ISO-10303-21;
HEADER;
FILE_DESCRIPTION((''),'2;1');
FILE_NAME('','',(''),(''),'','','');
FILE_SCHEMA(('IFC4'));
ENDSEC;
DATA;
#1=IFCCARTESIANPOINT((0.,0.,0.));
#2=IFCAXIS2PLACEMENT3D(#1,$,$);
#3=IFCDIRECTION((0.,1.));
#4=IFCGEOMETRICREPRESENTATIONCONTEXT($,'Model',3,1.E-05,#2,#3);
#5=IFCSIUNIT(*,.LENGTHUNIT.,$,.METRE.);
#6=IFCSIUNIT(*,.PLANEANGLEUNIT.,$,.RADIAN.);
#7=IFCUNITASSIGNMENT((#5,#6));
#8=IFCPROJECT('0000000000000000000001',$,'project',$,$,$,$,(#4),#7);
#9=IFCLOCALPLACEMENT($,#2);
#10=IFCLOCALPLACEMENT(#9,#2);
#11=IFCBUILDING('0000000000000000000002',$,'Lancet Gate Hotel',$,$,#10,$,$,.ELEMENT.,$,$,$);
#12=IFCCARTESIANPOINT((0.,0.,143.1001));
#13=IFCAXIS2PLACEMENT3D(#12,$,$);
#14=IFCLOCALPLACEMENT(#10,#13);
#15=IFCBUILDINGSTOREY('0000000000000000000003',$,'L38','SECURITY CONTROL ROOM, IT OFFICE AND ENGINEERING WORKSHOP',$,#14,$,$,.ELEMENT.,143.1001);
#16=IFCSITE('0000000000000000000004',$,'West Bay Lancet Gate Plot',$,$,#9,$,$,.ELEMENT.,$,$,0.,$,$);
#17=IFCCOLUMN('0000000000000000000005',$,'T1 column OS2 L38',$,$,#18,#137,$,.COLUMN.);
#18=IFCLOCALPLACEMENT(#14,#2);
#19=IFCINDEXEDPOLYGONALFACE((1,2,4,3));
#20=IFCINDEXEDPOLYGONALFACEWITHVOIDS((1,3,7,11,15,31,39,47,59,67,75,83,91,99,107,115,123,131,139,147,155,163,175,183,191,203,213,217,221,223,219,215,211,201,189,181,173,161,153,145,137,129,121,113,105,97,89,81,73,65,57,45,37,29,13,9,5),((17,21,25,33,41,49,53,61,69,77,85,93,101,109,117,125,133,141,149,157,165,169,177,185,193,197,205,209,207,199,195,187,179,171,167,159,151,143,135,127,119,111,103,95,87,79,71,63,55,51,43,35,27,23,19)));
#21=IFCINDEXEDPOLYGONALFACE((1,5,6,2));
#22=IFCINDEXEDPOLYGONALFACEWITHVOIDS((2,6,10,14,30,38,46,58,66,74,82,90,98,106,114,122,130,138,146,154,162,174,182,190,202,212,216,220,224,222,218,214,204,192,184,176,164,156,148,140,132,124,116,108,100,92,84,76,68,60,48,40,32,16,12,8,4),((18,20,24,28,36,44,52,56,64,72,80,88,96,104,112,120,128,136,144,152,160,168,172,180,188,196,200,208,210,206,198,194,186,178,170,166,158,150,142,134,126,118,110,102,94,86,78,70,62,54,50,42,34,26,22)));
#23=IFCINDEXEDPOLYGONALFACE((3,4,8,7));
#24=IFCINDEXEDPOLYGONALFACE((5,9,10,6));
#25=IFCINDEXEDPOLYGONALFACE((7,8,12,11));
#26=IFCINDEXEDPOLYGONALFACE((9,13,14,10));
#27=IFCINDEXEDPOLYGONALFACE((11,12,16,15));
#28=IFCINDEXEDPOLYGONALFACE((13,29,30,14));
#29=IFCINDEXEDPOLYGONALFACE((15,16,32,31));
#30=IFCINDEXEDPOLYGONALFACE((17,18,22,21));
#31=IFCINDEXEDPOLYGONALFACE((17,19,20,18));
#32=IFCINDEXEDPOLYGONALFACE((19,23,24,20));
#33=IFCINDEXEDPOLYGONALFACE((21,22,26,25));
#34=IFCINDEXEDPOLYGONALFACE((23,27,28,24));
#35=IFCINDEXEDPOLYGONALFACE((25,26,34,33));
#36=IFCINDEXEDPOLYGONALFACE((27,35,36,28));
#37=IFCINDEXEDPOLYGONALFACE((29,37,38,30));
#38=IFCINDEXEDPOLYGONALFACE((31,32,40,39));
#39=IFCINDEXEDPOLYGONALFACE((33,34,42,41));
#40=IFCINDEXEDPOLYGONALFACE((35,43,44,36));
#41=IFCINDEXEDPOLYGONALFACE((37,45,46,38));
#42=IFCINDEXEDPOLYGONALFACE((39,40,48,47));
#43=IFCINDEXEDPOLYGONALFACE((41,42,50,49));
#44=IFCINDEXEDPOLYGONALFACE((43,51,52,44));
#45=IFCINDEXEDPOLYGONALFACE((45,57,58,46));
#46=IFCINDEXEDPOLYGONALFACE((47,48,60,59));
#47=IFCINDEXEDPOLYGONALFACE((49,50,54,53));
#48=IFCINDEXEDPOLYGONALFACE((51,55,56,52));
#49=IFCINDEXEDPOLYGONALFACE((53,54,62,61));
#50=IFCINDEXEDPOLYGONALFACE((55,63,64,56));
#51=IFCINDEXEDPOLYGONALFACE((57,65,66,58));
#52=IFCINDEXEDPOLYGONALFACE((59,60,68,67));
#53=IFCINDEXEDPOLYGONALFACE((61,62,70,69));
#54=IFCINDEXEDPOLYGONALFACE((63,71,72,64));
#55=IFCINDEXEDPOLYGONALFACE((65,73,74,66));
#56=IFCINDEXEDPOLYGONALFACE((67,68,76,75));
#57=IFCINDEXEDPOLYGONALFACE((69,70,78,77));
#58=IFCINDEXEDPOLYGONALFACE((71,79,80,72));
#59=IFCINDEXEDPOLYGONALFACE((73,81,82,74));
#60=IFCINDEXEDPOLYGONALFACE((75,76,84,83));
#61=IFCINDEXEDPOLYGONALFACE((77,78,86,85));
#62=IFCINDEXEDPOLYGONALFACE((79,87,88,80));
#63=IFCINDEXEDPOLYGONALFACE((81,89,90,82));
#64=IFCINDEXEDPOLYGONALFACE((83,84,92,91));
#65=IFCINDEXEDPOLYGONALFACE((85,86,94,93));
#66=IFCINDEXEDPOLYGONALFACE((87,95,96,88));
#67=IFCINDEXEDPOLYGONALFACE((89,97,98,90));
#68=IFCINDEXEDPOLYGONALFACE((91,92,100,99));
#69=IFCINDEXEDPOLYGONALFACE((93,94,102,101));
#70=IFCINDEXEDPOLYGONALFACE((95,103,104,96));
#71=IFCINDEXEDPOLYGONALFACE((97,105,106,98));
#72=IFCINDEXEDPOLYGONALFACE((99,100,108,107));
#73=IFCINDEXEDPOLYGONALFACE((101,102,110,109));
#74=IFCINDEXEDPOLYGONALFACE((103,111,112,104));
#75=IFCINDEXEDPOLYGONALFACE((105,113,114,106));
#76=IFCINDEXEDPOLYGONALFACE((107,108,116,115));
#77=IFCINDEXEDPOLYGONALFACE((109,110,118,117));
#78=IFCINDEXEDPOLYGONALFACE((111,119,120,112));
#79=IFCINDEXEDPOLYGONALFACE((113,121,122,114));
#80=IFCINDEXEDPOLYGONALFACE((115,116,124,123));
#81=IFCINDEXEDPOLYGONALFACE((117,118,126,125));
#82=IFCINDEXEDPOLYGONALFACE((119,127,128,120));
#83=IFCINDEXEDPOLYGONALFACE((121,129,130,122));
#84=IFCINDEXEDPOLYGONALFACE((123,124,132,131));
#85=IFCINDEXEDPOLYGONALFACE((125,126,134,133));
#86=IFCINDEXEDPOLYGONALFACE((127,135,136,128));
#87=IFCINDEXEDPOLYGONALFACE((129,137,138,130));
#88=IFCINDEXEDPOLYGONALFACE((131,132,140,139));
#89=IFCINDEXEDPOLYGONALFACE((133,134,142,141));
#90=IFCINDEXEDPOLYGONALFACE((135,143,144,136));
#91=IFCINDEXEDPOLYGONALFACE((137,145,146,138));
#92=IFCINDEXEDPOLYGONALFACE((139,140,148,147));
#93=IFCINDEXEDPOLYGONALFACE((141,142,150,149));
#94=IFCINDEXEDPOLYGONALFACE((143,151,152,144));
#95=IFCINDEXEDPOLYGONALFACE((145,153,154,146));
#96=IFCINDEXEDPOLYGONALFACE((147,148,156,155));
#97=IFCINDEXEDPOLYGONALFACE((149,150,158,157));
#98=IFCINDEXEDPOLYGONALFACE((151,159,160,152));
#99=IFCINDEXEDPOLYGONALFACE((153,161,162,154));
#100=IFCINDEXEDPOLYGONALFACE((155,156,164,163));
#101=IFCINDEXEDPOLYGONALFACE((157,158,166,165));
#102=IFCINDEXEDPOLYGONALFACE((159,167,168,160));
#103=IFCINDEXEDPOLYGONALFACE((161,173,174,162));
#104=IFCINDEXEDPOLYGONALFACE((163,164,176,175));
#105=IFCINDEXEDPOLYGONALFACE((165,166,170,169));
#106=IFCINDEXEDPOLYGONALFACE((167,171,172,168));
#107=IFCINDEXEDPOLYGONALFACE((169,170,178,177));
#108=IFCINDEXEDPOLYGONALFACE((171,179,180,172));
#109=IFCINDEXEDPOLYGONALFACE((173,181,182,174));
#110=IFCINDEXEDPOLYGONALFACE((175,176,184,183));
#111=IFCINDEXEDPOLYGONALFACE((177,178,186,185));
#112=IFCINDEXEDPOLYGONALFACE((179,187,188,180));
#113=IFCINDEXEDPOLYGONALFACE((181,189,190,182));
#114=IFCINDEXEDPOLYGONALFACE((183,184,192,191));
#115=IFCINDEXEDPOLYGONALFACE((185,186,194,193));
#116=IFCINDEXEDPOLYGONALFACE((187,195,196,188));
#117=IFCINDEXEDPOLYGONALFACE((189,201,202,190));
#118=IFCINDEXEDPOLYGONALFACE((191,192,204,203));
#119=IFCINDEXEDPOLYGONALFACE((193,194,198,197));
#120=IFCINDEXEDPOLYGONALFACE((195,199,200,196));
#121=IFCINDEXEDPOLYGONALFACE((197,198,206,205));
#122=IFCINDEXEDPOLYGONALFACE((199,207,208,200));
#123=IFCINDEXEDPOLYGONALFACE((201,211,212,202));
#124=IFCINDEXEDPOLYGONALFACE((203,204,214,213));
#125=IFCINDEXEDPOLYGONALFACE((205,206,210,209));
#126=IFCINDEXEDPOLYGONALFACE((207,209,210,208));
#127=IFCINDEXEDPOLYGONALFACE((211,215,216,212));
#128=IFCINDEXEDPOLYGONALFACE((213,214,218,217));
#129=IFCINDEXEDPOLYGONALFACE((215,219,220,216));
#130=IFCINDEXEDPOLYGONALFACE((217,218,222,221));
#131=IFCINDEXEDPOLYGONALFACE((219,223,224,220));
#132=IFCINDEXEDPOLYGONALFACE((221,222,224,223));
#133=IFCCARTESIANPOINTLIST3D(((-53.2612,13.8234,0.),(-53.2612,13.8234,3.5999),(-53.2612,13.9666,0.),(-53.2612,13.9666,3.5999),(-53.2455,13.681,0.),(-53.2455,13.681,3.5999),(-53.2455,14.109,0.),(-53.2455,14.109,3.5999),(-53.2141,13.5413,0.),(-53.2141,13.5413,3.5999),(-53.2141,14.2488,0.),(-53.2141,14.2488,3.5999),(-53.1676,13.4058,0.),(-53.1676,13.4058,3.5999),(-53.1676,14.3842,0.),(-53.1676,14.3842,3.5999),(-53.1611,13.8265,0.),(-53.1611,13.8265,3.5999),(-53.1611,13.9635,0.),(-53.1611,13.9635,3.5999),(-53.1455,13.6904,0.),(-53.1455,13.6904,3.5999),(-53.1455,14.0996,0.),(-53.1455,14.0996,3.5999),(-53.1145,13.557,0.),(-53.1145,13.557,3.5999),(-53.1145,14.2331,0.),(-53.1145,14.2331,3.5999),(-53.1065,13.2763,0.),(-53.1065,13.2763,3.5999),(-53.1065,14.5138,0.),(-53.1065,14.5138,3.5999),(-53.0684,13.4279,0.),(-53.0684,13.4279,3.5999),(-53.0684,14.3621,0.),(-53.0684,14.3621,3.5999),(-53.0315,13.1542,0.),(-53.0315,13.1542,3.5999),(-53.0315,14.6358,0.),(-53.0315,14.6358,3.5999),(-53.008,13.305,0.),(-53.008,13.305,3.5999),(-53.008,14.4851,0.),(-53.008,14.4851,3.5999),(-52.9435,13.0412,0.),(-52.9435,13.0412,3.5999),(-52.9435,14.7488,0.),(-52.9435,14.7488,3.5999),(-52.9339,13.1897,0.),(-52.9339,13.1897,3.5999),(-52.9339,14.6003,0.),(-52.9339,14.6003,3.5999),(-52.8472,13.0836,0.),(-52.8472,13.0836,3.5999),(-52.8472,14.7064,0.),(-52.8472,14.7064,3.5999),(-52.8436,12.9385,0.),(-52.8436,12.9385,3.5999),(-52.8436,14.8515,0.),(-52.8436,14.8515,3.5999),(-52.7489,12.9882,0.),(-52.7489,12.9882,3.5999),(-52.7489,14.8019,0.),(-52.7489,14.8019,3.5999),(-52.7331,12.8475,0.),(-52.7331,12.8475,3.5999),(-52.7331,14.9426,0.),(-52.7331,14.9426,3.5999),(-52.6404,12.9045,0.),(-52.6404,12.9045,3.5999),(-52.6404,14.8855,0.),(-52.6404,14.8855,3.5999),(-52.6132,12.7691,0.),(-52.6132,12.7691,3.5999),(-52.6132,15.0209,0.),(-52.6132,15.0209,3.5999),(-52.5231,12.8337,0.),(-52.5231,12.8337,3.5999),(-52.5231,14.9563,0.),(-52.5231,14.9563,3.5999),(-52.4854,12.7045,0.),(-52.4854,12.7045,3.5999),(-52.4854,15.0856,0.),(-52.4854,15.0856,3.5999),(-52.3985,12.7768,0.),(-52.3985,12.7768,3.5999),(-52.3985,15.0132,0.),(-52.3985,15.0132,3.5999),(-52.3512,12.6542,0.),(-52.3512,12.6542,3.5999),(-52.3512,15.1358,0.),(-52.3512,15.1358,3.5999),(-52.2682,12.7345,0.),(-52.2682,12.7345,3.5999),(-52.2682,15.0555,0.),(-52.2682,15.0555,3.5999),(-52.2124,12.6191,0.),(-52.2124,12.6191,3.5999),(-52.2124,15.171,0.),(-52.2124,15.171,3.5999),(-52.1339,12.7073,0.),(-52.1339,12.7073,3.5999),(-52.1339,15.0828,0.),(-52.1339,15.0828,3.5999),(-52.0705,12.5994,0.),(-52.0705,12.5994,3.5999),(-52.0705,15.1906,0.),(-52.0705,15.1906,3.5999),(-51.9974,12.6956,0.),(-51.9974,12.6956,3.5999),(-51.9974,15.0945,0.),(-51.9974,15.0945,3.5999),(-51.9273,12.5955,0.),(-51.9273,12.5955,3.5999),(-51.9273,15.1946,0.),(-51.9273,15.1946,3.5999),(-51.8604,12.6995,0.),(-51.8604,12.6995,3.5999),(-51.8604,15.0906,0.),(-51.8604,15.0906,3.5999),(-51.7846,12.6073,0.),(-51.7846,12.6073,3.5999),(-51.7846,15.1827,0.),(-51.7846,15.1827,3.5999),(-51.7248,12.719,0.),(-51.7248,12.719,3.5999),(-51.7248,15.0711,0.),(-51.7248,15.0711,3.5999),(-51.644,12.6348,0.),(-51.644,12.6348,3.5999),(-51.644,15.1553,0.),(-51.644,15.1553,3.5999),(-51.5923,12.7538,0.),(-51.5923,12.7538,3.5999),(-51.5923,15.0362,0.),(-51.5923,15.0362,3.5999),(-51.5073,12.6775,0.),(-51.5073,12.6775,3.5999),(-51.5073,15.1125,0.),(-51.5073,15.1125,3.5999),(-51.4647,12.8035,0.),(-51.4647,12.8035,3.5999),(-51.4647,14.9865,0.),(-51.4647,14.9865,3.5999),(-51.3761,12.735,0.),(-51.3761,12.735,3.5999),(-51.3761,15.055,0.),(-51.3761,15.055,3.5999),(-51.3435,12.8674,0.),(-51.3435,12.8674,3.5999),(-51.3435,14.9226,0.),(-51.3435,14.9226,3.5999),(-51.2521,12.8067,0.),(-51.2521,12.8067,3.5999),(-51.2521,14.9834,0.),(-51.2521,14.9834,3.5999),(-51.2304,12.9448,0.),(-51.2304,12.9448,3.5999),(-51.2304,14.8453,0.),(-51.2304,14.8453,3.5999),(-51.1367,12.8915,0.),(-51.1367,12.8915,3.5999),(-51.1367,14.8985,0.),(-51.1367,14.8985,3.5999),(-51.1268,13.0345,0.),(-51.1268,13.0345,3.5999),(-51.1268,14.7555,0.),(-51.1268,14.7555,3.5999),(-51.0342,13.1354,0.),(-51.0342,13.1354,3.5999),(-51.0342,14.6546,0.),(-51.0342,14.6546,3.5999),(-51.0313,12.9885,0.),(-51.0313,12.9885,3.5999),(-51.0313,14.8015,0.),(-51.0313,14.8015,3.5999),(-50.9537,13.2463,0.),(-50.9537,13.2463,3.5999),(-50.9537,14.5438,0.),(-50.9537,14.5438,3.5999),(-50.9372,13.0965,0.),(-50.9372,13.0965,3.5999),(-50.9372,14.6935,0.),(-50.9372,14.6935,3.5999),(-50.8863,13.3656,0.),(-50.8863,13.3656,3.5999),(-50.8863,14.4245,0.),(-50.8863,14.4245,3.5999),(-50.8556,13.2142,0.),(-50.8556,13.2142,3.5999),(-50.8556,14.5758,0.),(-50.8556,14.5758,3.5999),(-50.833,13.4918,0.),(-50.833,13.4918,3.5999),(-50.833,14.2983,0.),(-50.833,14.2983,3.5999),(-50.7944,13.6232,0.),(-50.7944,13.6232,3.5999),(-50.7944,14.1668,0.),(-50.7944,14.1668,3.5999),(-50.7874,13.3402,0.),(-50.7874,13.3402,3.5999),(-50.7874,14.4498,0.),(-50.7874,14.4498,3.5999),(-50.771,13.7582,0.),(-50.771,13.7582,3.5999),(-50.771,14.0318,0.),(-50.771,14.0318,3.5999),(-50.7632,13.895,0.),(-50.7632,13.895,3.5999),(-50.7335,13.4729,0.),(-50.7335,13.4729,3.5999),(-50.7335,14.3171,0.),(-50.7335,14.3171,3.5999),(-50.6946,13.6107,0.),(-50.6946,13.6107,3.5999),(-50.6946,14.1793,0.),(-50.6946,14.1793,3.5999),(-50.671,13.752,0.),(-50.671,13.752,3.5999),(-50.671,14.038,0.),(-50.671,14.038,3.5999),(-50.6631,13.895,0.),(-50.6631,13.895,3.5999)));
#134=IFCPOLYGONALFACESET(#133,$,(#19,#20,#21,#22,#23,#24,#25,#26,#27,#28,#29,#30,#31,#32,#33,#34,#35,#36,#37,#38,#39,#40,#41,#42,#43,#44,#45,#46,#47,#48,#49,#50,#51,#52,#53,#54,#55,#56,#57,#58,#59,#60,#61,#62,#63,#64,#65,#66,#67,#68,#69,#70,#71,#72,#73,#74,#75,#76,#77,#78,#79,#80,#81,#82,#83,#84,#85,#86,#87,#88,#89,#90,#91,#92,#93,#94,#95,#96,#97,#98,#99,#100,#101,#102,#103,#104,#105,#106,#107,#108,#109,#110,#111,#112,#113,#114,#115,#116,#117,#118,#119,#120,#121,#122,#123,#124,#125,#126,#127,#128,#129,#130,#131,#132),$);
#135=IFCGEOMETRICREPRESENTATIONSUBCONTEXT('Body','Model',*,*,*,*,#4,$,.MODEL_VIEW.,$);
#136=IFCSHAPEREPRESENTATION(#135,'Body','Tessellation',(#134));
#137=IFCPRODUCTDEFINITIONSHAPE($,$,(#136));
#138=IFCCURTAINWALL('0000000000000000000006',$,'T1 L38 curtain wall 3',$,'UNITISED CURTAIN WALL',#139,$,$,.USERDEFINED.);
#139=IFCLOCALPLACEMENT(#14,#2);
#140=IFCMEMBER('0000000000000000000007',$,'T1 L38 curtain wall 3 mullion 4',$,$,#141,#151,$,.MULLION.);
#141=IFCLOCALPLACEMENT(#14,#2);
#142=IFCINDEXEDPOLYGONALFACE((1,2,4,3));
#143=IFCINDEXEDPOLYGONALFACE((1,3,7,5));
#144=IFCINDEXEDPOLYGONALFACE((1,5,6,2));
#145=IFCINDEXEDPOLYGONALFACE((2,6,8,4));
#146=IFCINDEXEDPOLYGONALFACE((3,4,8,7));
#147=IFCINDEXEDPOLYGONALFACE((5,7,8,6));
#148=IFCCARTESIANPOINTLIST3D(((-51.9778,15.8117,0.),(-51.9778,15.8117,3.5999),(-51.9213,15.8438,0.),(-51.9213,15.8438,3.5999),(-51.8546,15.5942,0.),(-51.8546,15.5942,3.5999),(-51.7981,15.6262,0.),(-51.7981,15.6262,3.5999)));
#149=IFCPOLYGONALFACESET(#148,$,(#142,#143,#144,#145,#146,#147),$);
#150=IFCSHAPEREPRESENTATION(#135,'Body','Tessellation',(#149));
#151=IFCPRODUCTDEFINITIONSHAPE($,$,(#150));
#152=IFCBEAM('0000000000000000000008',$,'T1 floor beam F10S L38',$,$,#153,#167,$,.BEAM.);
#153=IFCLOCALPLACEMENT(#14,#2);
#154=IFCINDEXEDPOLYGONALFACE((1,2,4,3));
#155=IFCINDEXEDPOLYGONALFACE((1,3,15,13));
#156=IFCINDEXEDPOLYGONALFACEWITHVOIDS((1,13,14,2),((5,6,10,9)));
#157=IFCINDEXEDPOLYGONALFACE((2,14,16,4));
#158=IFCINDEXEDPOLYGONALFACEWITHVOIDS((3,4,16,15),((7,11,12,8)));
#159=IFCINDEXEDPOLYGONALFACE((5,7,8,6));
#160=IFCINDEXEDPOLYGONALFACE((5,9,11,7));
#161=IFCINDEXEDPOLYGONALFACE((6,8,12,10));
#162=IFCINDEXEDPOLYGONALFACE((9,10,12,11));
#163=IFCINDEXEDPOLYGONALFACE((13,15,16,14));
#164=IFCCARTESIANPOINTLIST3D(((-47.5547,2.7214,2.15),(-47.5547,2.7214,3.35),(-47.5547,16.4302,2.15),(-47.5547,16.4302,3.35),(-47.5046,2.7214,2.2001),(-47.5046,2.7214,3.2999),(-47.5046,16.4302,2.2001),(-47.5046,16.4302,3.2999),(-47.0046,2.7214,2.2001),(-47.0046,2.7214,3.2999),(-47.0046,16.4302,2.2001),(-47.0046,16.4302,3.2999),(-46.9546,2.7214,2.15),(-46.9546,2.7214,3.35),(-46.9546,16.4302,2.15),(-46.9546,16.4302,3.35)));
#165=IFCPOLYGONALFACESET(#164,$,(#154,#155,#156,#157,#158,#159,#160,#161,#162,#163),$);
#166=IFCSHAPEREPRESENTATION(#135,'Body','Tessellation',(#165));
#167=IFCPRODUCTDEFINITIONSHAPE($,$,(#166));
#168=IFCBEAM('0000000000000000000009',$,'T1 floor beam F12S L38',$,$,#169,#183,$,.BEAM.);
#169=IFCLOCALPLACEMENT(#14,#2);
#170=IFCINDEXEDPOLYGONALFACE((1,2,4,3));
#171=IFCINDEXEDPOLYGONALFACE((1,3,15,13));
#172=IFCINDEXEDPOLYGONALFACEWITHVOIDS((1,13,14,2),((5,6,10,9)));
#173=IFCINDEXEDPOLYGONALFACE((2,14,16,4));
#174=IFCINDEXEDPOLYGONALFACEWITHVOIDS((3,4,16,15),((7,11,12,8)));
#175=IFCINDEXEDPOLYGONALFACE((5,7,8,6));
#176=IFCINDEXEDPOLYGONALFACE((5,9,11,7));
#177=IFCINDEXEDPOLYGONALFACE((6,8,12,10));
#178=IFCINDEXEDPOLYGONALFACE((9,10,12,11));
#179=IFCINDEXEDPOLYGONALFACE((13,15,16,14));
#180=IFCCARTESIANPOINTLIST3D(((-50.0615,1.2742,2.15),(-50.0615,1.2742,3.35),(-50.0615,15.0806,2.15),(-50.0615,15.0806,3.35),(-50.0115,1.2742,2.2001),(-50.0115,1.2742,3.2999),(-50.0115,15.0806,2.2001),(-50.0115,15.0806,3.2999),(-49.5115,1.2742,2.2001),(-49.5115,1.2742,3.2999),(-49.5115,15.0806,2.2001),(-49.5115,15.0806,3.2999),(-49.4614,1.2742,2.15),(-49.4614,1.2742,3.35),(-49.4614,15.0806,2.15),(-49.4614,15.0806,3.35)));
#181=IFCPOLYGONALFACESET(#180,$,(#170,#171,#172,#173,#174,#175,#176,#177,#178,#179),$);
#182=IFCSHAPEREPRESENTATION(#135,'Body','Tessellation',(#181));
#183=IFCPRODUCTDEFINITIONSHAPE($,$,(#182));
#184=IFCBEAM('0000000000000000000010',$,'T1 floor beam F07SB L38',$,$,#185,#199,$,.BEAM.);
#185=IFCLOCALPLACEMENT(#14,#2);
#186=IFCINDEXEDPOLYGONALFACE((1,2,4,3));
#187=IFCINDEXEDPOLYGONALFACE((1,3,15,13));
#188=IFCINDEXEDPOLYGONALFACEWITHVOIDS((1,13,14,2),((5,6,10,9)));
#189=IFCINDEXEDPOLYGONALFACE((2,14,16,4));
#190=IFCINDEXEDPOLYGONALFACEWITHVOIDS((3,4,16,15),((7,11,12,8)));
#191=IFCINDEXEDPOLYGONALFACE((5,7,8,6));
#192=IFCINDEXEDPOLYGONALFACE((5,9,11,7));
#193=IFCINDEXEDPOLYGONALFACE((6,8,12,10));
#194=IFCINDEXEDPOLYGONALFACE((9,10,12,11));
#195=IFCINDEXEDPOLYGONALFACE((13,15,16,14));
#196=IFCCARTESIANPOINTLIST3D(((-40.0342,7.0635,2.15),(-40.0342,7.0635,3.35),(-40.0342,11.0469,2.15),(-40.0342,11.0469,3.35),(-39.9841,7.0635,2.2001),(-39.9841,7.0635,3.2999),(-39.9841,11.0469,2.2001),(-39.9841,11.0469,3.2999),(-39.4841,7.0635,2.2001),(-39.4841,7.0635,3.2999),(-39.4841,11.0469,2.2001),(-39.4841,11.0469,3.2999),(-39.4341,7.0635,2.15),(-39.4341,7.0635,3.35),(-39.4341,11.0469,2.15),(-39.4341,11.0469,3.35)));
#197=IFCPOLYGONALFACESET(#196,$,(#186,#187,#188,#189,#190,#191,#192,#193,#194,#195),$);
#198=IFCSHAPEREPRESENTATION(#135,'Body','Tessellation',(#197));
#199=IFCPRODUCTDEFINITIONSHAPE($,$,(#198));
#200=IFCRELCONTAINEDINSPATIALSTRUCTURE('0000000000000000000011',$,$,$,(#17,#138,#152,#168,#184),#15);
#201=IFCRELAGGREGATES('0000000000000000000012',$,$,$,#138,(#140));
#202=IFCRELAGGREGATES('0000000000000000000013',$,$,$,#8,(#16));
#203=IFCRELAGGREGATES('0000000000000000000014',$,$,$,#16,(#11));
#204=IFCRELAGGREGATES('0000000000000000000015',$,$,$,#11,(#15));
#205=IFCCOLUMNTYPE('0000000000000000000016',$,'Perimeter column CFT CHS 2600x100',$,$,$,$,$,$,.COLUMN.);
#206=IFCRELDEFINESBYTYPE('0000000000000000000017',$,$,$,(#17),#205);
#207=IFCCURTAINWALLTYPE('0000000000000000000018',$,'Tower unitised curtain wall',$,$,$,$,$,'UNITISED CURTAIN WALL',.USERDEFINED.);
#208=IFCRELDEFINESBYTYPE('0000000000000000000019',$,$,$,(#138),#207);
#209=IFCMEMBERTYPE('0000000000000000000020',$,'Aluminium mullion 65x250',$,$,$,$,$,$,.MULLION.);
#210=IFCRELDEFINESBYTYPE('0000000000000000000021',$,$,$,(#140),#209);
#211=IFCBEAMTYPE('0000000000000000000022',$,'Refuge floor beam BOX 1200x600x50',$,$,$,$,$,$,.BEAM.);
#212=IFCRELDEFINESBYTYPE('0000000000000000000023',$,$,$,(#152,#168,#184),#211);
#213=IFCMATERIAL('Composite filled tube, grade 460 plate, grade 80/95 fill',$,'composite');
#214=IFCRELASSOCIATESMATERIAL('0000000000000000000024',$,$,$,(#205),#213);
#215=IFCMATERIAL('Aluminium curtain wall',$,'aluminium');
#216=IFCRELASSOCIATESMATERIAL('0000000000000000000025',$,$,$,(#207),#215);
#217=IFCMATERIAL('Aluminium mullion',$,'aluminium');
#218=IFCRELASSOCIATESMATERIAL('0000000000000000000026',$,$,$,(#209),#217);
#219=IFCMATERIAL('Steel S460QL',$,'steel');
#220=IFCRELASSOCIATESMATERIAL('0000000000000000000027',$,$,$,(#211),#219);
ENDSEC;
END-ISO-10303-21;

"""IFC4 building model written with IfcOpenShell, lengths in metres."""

from ifc_helpers import new_model, si_unit, direction, frame, origin, origin_2d, place, context, subcontext, project, spatial, rectangle, hollow_rectangle, hollow_circle, extrude, material, material_profile, profile_set, type_object, element, aggregate, save


model = new_model("IFC4")

# Units and contexts
model_context = context("Model", 3, precision=1e-05, world=origin(), true_north=direction((0.0, 1.0)))
body_context = subcontext(model_context, "Body", "Model", "MODEL_VIEW")
ifc_project = project(units=[si_unit("LENGTHUNIT", "METRE"), si_unit("PLANEANGLEUNIT", "RADIAN")], contexts=[model_context])

# Site, building, storey
site_placement = place(None, origin())
site = spatial("IfcSite", under=ifc_project, at=site_placement, Name="West Bay Lancet Gate Plot", CompositionType="ELEMENT", RefElevation=0.0)
building_placement = place(site_placement, origin())
building = spatial("IfcBuilding", under=site, at=building_placement, Name="Lancet Gate Hotel", CompositionType="ELEMENT")
storey_placement = place(building_placement, frame((0.0, 0.0, 143.1001)))
storey = spatial("IfcBuildingStorey", under=building, at=storey_placement, Name="L38", Description="SECURITY CONTROL ROOM, IT OFFICE AND ENGINEERING WORKSHOP", CompositionType="ELEMENT", Elevation=143.1001)

# Column
ifc_material_1 = material(Name="Composite filled tube, grade 460 plate, grade 80/95 fill", Category="composite")
ifc_material_profile_1 = material_profile(ifc_material_1, hollow_circle(Radius=1.3, WallThickness=0.1001, at=origin_2d()), Name="CHS 2600x100")
ifc_profile_set_1 = profile_set([ifc_material_profile_1], Name="Composite filled tube, grade 460 plate, grade 80/95 fill")
column_type = type_object("IfcColumnType", Name="Perimeter column CFT CHS 2600x100", PredefinedType="COLUMN", material=ifc_profile_set_1)
column_placement = place(storey_placement, frame((-51.9631, 13.895, 0.0), z_axis=(0.0, 0.0, 1.0), x_axis=(1.0, 0.0, 0.0)))
element("IfcColumn", 1, at=column_placement, inside=storey, type_object=column_type, Name="T1 column OS2 L38", PredefinedType="COLUMN", context=body_context, shape_type="SweptSolid", body=[
    extrude(hollow_circle(Radius=1.3, WallThickness=0.1001, at=origin_2d()), origin(), (0.0, 0.0, 1.0), 3.5999),
])

# Curtain wall, member
ifc_material_2 = material(Name="Aluminium curtain wall", Category="aluminium")
curtain_wall_type = type_object("IfcCurtainWallType", Name="Tower unitised curtain wall", ElementType="UNITISED CURTAIN WALL", PredefinedType="USERDEFINED", material=ifc_material_2)
curtain_wall_placement = place(storey_placement, origin())
curtain_wall = element("IfcCurtainWall", 2, at=curtain_wall_placement, inside=storey, type_object=curtain_wall_type, Name="T1 L38 curtain wall 3", ObjectType="UNITISED CURTAIN WALL", PredefinedType="USERDEFINED")
ifc_material_3 = material(Name="Aluminium mullion", Category="aluminium")
ifc_material_profile_2 = material_profile(ifc_material_3, rectangle(XDim=0.0649, YDim=0.25, at=origin_2d()), Name="MULLION 65x250")
ifc_profile_set_2 = profile_set([ifc_material_profile_2], Name="Aluminium mullion")
member_type = type_object("IfcMemberType", Name="Aluminium mullion 65x250", PredefinedType="MULLION", material=ifc_profile_set_2)
member_placement = place(storey_placement, frame((-51.8879, 15.719, 0.0), z_axis=(0.0, 0.0, 1.0), x_axis=(-0.870084, -0.492904, 0.0)))
member = element("IfcMember", 3, at=member_placement, type_object=member_type, Name="T1 L38 curtain wall 3 mullion 4", PredefinedType="MULLION", context=body_context, shape_type="SweptSolid", body=[
    extrude(rectangle(XDim=0.0649, YDim=0.25, at=origin_2d()), origin(), (0.0, 0.0, 1.0), 3.5999),
])

# Beams
ifc_material_4 = material(Name="Steel S460QL", Category="steel")
ifc_material_profile_3 = material_profile(ifc_material_4, hollow_rectangle(XDim=0.6001, YDim=1.2, WallThickness=0.05, at=origin_2d()), Name="BOX 1200x600x50")
ifc_profile_set_3 = profile_set([ifc_material_profile_3], Name="Steel S460QL")
beam_type = type_object("IfcBeamType", Name="Refuge floor beam BOX 1200x600x50", PredefinedType="BEAM", material=ifc_profile_set_3)
beam_1_placement = place(storey_placement, frame((-47.2546, 16.4302, 2.75), z_axis=(0.0, -1.0, 0.0), x_axis=(1.0, 0.0, 0.0)))
element("IfcBeam", 4, at=beam_1_placement, inside=storey, type_object=beam_type, Name="T1 floor beam F10S L38", PredefinedType="BEAM", context=body_context, shape_type="SweptSolid", body=[
    extrude(hollow_rectangle(XDim=0.6001, YDim=1.2, WallThickness=0.05, at=origin_2d()), origin(), (0.0, 0.0, 1.0), 13.7087),
])
beam_2_placement = place(storey_placement, frame((-49.7615, 15.0806, 2.75), z_axis=(0.0, -1.0, 0.0), x_axis=(1.0, 0.0, 0.0)))
element("IfcBeam", 5, at=beam_2_placement, inside=storey, type_object=beam_type, Name="T1 floor beam F12S L38", PredefinedType="BEAM", context=body_context, shape_type="SweptSolid", body=[
    extrude(hollow_rectangle(XDim=0.6001, YDim=1.2, WallThickness=0.05, at=origin_2d()), origin(), (0.0, 0.0, 1.0), 13.8064),
])
beam_3_placement = place(storey_placement, frame((-39.7341, 11.0469, 2.75), z_axis=(0.0, -1.0, 0.0), x_axis=(1.0, 0.0, 0.0)))
element("IfcBeam", 6, at=beam_3_placement, inside=storey, type_object=beam_type, Name="T1 floor beam F07SB L38", PredefinedType="BEAM", context=body_context, shape_type="SweptSolid", body=[
    extrude(hollow_rectangle(XDim=0.6001, YDim=1.2, WallThickness=0.05, at=origin_2d()), origin(), (0.0, 0.0, 1.0), 3.9834),
])

aggregate(curtain_wall, [member])

save(model, "model.ifc")
